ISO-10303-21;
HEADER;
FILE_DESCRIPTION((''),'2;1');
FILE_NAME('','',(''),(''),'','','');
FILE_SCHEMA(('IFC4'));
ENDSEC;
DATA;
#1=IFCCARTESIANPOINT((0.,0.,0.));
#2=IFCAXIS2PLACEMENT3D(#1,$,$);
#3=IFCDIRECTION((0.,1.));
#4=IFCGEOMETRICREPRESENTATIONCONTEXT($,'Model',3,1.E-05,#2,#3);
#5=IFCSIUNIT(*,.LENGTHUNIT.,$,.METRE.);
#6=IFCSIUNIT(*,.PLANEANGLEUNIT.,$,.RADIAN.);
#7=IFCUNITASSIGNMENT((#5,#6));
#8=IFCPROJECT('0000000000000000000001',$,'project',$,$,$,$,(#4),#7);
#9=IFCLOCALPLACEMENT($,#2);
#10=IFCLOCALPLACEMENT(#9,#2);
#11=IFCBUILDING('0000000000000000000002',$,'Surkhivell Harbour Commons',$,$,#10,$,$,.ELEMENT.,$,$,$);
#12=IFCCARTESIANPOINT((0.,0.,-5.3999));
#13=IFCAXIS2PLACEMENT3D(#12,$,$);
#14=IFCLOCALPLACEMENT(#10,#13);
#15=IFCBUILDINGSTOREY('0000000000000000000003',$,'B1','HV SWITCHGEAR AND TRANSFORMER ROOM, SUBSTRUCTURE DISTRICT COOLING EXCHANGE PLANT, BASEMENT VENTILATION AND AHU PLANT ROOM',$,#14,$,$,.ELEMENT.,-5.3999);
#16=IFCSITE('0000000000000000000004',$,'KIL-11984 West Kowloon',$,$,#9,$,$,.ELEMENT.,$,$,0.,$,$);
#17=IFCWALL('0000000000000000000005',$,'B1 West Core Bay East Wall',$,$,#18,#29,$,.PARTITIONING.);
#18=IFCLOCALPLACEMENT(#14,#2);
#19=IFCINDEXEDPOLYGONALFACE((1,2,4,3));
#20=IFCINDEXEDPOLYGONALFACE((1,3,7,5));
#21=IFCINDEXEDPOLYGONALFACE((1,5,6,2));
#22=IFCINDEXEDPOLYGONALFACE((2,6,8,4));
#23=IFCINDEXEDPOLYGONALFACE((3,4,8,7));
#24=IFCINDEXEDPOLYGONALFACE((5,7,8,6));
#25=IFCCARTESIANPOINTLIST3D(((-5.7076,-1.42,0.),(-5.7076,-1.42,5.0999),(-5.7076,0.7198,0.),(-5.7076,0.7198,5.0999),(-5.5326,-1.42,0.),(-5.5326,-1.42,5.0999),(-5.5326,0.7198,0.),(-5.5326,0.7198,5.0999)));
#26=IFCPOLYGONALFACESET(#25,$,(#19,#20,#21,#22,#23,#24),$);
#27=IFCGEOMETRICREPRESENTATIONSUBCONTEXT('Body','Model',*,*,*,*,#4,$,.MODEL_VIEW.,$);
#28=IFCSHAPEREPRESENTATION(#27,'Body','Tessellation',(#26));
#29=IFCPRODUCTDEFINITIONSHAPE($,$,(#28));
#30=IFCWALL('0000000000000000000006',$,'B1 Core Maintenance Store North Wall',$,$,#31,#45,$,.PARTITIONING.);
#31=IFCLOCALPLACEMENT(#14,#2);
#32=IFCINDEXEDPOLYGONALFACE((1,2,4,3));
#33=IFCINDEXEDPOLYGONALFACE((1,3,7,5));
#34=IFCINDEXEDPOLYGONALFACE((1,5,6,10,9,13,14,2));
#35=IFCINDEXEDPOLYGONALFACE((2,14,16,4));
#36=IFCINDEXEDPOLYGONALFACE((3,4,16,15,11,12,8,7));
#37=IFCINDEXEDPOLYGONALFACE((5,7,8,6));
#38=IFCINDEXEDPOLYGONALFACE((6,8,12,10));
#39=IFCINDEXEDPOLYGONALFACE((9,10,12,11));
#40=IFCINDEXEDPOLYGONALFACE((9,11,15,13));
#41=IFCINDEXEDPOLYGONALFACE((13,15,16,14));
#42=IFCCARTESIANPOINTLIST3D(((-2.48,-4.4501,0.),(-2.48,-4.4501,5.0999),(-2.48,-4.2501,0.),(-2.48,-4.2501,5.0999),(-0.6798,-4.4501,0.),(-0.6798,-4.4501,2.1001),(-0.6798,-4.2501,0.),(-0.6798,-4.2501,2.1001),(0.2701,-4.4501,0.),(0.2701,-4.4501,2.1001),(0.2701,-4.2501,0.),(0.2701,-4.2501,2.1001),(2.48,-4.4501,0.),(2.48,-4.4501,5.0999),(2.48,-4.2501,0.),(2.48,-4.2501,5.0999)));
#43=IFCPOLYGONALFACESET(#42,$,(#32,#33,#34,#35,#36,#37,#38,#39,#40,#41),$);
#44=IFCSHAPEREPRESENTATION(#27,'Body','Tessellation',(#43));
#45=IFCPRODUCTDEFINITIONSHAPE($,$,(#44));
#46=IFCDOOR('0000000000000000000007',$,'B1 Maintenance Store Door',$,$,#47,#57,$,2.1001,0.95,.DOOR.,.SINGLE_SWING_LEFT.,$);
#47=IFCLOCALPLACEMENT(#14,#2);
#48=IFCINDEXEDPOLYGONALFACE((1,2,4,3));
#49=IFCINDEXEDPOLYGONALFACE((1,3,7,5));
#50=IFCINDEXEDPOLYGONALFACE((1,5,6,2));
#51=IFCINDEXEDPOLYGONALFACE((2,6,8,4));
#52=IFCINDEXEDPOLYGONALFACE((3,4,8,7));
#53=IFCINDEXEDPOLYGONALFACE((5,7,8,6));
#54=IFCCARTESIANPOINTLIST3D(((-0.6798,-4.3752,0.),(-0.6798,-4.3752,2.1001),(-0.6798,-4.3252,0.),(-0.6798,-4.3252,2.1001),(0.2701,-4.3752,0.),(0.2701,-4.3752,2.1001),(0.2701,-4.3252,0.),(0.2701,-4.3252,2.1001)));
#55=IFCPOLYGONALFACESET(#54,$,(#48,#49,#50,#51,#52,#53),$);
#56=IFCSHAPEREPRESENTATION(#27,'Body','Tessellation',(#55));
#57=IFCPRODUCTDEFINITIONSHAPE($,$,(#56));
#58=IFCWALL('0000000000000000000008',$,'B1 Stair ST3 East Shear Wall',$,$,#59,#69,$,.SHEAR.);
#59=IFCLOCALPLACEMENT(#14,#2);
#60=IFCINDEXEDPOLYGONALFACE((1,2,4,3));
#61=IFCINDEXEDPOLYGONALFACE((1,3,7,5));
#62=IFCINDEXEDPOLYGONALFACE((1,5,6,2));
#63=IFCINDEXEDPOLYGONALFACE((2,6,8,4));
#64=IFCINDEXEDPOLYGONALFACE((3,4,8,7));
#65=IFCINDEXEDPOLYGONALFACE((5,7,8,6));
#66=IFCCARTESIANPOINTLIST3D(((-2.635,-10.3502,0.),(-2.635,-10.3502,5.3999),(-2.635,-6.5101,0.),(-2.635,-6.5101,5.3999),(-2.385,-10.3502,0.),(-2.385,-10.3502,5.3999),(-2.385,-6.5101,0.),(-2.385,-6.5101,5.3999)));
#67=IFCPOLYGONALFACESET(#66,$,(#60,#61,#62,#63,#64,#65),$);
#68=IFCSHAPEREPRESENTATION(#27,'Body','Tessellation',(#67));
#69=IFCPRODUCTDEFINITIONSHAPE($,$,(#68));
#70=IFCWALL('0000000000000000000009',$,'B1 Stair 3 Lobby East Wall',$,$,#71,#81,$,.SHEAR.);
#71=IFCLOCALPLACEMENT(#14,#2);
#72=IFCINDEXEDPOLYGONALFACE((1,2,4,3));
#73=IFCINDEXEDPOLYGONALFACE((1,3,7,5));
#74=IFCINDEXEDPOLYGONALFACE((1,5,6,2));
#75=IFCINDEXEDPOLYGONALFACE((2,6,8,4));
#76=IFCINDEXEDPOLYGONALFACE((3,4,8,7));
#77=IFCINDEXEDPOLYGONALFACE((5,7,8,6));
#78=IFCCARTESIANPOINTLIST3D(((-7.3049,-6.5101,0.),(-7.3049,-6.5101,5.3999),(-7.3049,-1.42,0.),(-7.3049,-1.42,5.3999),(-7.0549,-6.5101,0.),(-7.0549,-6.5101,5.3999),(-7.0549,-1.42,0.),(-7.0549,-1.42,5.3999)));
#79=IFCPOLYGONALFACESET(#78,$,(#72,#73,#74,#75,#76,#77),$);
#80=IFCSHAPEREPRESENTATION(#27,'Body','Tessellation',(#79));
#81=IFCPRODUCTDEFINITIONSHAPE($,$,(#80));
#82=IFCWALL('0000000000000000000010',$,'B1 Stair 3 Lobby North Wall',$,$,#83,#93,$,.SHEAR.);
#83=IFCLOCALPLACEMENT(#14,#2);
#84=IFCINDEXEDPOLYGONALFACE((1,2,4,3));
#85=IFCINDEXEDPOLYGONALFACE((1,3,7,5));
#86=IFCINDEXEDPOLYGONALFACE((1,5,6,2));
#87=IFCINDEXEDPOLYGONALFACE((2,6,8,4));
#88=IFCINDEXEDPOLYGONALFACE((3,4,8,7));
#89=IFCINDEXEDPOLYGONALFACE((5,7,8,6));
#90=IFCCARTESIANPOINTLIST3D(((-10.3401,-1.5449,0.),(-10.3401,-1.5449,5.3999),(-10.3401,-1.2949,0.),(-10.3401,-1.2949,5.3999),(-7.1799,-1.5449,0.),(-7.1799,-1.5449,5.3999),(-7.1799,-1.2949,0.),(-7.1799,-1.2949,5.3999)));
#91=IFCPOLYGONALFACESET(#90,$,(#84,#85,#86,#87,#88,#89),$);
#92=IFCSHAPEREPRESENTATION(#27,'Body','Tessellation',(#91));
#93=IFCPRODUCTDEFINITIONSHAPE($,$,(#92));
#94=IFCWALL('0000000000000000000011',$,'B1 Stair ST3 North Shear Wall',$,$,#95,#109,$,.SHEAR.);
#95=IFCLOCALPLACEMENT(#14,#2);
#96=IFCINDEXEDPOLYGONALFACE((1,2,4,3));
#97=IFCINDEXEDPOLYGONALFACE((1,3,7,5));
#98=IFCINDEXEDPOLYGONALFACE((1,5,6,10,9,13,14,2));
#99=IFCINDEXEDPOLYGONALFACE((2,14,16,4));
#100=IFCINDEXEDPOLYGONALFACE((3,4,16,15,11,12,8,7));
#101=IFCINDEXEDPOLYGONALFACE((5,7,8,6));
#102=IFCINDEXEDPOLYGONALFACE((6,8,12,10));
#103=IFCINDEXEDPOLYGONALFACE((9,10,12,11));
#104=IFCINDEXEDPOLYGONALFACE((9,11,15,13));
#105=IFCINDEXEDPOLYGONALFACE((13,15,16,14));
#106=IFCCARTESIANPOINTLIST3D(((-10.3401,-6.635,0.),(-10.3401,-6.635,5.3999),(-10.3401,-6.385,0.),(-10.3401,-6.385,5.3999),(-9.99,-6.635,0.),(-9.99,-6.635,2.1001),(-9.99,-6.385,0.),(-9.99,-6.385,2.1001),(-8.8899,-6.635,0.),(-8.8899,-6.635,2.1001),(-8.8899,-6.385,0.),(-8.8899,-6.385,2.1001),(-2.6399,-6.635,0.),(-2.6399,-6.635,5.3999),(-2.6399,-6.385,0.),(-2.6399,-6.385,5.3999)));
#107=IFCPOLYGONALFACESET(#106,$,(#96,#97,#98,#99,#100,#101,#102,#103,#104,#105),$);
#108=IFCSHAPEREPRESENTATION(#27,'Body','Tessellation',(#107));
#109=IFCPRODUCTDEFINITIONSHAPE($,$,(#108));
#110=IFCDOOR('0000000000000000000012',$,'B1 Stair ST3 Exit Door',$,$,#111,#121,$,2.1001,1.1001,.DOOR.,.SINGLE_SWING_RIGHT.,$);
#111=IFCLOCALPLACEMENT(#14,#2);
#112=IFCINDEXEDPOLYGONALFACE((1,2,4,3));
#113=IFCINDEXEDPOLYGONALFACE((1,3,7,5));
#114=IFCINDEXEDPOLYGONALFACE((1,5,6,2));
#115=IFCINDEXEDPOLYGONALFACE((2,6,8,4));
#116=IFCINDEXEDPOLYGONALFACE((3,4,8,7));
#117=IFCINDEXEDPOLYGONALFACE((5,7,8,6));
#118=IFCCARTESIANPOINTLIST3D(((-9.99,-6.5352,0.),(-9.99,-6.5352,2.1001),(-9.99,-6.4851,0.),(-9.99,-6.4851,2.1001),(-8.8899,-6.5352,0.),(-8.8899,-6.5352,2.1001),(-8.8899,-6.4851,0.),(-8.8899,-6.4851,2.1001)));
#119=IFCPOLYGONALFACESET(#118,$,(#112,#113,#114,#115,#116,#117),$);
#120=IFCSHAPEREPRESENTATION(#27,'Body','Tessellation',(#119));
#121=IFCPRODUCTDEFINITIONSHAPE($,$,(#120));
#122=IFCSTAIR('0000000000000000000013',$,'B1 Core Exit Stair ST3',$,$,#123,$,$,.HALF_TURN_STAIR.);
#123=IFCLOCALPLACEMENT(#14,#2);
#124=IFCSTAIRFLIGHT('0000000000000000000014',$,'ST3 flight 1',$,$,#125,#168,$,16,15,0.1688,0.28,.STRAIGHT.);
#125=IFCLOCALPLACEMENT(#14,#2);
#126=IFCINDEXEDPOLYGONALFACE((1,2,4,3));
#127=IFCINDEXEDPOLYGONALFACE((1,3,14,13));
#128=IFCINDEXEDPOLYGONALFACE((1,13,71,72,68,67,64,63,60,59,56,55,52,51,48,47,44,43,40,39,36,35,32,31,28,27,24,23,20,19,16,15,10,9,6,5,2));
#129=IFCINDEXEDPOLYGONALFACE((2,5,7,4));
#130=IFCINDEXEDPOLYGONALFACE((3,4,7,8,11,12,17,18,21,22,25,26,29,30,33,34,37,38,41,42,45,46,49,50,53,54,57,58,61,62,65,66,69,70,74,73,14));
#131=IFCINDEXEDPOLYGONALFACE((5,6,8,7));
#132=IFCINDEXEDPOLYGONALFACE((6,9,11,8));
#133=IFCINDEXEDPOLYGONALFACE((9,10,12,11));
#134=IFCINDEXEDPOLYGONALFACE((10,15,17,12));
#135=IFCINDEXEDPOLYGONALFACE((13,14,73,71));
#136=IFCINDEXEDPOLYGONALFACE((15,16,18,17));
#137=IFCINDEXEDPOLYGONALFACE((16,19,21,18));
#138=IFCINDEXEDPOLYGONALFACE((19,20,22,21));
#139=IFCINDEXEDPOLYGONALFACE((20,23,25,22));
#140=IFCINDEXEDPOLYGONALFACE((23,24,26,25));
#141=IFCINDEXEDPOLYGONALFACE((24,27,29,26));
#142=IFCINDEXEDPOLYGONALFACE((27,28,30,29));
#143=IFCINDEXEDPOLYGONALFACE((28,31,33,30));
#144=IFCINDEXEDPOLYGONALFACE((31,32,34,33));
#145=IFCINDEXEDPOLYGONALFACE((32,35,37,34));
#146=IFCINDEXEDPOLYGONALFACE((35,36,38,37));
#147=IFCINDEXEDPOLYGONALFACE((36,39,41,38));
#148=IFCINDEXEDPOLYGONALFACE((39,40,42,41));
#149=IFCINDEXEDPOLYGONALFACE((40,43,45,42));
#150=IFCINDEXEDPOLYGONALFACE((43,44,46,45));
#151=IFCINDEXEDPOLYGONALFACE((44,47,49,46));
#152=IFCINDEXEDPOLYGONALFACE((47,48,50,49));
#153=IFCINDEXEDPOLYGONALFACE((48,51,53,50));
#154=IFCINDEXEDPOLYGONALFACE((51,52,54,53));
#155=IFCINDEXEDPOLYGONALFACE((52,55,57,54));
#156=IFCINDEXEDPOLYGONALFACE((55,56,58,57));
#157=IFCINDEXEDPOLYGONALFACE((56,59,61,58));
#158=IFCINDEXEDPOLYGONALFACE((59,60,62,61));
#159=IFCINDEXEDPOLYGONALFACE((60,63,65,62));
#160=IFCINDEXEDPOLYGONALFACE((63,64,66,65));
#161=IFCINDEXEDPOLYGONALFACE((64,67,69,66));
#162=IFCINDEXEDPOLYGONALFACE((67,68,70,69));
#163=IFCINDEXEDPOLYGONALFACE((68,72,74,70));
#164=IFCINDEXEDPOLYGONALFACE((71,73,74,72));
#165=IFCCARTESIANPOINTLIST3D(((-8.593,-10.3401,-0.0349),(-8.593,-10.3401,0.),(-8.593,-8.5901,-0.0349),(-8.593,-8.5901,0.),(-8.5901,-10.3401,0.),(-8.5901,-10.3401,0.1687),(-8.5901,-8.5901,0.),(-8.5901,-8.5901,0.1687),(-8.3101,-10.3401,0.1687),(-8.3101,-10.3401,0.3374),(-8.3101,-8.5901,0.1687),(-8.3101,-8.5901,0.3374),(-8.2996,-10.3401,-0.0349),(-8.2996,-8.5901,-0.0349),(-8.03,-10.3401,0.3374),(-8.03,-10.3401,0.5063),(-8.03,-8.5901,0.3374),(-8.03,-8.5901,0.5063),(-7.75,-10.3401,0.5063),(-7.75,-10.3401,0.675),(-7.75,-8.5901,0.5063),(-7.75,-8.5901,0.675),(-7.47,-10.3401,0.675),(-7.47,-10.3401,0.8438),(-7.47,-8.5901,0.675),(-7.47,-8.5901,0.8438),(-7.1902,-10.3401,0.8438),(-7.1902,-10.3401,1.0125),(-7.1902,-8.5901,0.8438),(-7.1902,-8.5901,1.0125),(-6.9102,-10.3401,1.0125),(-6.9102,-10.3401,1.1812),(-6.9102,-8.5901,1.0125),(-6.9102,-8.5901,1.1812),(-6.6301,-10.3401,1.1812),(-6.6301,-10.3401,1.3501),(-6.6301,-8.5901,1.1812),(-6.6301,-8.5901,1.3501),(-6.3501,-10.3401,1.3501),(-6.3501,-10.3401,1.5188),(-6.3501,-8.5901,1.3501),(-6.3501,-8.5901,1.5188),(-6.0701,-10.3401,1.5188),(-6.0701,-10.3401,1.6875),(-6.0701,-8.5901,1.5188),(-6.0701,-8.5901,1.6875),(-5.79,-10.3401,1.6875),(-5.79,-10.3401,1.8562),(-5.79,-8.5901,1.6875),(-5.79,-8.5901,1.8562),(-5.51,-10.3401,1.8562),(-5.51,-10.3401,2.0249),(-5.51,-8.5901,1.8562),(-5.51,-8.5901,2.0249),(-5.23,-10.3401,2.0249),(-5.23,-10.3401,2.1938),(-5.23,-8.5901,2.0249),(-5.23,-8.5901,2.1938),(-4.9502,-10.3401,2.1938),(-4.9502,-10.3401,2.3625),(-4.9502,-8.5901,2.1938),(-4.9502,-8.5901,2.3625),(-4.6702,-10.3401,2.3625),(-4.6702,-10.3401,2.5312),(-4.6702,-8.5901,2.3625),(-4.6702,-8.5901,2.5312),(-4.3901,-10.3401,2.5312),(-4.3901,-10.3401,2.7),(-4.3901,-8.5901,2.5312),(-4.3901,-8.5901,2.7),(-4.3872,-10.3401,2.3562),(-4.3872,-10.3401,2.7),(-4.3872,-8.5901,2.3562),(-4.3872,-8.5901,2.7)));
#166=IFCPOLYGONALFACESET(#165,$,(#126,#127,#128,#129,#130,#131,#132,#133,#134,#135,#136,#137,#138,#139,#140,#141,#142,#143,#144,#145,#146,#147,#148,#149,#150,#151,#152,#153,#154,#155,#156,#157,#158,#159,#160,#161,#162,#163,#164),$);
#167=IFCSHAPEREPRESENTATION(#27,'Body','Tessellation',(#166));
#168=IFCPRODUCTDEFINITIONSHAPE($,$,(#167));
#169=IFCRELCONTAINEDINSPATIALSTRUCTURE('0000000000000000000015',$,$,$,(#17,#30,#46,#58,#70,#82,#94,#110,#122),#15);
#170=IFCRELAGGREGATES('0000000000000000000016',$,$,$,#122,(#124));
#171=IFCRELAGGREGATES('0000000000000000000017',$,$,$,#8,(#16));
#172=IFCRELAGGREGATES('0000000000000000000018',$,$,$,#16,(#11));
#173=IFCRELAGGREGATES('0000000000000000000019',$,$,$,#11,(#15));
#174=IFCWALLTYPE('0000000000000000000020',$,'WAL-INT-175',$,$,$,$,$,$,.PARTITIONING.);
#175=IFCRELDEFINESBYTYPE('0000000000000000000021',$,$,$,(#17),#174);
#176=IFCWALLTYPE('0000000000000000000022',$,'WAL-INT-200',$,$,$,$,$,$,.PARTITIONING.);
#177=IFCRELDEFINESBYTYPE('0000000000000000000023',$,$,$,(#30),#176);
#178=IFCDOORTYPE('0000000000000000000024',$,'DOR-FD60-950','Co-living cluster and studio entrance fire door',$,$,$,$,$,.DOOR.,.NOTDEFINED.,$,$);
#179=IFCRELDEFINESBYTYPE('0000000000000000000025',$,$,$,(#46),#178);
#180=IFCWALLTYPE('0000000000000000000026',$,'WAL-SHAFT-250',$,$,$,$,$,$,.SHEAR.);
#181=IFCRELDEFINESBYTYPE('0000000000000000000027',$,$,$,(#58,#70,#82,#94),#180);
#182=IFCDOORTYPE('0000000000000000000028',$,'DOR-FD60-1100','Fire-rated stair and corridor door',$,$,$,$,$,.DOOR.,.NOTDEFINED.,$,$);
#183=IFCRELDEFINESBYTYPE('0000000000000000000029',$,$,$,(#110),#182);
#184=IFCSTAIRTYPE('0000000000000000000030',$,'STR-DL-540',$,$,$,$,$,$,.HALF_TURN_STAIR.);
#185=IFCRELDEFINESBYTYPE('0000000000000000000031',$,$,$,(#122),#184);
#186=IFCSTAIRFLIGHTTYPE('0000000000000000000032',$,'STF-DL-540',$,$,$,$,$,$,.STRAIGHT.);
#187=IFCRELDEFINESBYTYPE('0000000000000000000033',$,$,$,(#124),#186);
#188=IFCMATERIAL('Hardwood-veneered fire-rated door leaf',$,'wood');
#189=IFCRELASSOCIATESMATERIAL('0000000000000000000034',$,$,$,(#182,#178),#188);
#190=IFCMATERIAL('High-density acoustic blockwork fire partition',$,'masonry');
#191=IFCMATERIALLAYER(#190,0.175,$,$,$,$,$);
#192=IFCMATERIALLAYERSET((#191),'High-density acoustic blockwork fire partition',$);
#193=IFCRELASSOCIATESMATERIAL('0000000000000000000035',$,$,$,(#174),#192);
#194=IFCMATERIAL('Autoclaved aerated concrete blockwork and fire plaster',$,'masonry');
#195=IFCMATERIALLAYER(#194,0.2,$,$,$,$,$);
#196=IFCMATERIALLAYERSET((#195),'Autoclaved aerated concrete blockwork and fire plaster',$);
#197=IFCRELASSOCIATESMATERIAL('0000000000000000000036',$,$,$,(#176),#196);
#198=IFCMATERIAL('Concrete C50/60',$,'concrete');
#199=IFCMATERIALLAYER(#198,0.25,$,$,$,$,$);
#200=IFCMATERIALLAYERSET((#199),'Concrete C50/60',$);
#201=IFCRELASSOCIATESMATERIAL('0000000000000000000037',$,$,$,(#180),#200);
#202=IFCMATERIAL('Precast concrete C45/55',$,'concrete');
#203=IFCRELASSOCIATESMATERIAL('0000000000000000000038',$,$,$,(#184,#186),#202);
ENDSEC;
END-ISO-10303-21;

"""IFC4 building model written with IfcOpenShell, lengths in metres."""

from ifc_helpers import new_model, si_unit, direction, frame, frame_2d, origin, place, context, subcontext, project, spatial, polyline, rectangle, outline, extrude, material, layer, layer_set, type_object, element, fill, aggregate, save


model = new_model("IFC4")

# Units and contexts
model_context = context("Model", 3, precision=1e-05, world=origin(), true_north=direction((0.0, 1.0)))
body_context = subcontext(model_context, "Body", "Model", "MODEL_VIEW")
ifc_project = project(units=[si_unit("LENGTHUNIT", "METRE"), si_unit("PLANEANGLEUNIT", "RADIAN")], contexts=[model_context])

# Site, building, storey
site_placement = place(None, origin())
site = spatial("IfcSite", under=ifc_project, at=site_placement, Name="KIL-11984 West Kowloon", CompositionType="ELEMENT", RefElevation=0.0)
building_placement = place(site_placement, origin())
building = spatial("IfcBuilding", under=site, at=building_placement, Name="Surkhivell Harbour Commons", CompositionType="ELEMENT")
storey_placement = place(building_placement, frame((0.0, 0.0, -5.3999)))
storey = spatial("IfcBuildingStorey", under=building, at=storey_placement, Name="B1", Description="HV SWITCHGEAR AND TRANSFORMER ROOM, SUBSTRUCTURE DISTRICT COOLING EXCHANGE PLANT, BASEMENT VENTILATION AND AHU PLANT ROOM", CompositionType="ELEMENT", Elevation=-5.3999)

# Shared definitions
ifc_material_1 = material(Name="Hardwood-veneered fire-rated door leaf", Category="wood")
door_type_1 = type_object("IfcDoorType", Name="DOR-FD60-1100", Description="Fire-rated stair and corridor door", OperationType="NOTDEFINED", PredefinedType="DOOR", material=ifc_material_1)

# Shared definitions
ifc_material_2 = material(Name="High-density acoustic blockwork fire partition", Category="masonry")
ifc_layer_1 = layer(ifc_material_2, 0.175)
ifc_layer_set_1 = layer_set([ifc_layer_1], Name="High-density acoustic blockwork fire partition")
wall_type_1 = type_object("IfcWallType", Name="WAL-INT-175", PredefinedType="PARTITIONING", material=ifc_layer_set_1)

# Wall
wall_1_placement = place(storey_placement, frame((-5.6201, -1.4199, 0.0), z_axis=(0.0, 0.0, 1.0), x_axis=(0.0, 1.0, 0.0)))
element("IfcWall", 1, at=wall_1_placement, inside=storey, type_object=wall_type_1, Name="B1 West Core Bay East Wall", PredefinedType="PARTITIONING", context=body_context, shape_type="SweptSolid", body=[
    extrude(rectangle(XDim=2.1399, YDim=0.175, at=frame_2d((1.0698, 0.0))), origin(), (0.0, 0.0, 1.0), 5.0999),
])

# Wall, opening, door
ifc_material_3 = material(Name="Autoclaved aerated concrete blockwork and fire plaster", Category="masonry")
ifc_layer_2 = layer(ifc_material_3, 0.2)
ifc_layer_set_2 = layer_set([ifc_layer_2], Name="Autoclaved aerated concrete blockwork and fire plaster")
wall_type_2 = type_object("IfcWallType", Name="WAL-INT-200", PredefinedType="PARTITIONING", material=ifc_layer_set_2)
wall_2_placement = place(storey_placement, frame((-2.48, -4.3501, 0.0), z_axis=(0.0, 0.0, 1.0), x_axis=(1.0, 0.0, 0.0)))
wall_2 = element("IfcWall", 2, at=wall_2_placement, inside=storey, type_object=wall_type_2, Name="B1 Core Maintenance Store North Wall", PredefinedType="PARTITIONING", context=body_context, shape_type="SweptSolid", body=[
    extrude(rectangle(XDim=4.96, YDim=0.2, at=frame_2d((2.48, 0.0))), origin(), (0.0, 0.0, 1.0), 5.0999),
])
opening_1_placement = place(wall_2_placement, frame((1.8, 0.0, 0.0)))
opening_1 = element("IfcOpeningElement", 3, at=opening_1_placement, cuts=wall_2, PredefinedType="OPENING", context=body_context, shape_type="SweptSolid", body=[
    extrude(rectangle(XDim=0.95, YDim=2.1001, at=frame_2d((0.4751, 1.05))), frame((0.0, 0.1099, 0.0), z_axis=(0.0, -1.0, 0.0), x_axis=(1.0, 0.0, 0.0)), (0.0, 0.0, 1.0), 0.22),
])
door_type_2 = type_object("IfcDoorType", Name="DOR-FD60-950", Description="Co-living cluster and studio entrance fire door", OperationType="NOTDEFINED", PredefinedType="DOOR", material=ifc_material_1)
door_1_placement = place(opening_1_placement, origin())
door_1 = element("IfcDoor", 4, at=door_1_placement, inside=storey, type_object=door_type_2, Name="B1 Maintenance Store Door", OperationType="SINGLE_SWING_LEFT", OverallHeight=2.1001, OverallWidth=0.95, PredefinedType="DOOR", context=body_context, shape_type="SweptSolid", body=[
    extrude(rectangle(XDim=0.95, YDim=2.1001, at=frame_2d((0.4751, 1.05))), frame((0.0, 0.0249, 0.0), z_axis=(0.0, -1.0, 0.0), x_axis=(1.0, 0.0, 0.0)), (0.0, 0.0, 1.0), 0.05),
])
fill(opening_1, door_1)

# Walls
ifc_material_4 = material(Name="Concrete C50/60", Category="concrete")
ifc_layer_3 = layer(ifc_material_4, 0.25)
ifc_layer_set_3 = layer_set([ifc_layer_3], Name="Concrete C50/60")
wall_type_3 = type_object("IfcWallType", Name="WAL-SHAFT-250", PredefinedType="SHEAR", material=ifc_layer_set_3)
wall_3_placement = place(storey_placement, frame((-2.51, -10.3501, 0.0), z_axis=(0.0, 0.0, 1.0), x_axis=(0.0, 1.0, 0.0)))
element("IfcWall", 5, at=wall_3_placement, inside=storey, type_object=wall_type_3, Name="B1 Stair ST3 East Shear Wall", PredefinedType="SHEAR", context=body_context, shape_type="SweptSolid", body=[
    extrude(rectangle(XDim=3.8401, YDim=0.25, at=frame_2d((1.9199, 0.0))), origin(), (0.0, 0.0, 1.0), 5.3999),
])
wall_4_placement = place(storey_placement, frame((-7.1799, -6.51, 0.0), z_axis=(0.0, 0.0, 1.0), x_axis=(0.0, 1.0, 0.0)))
element("IfcWall", 6, at=wall_4_placement, inside=storey, type_object=wall_type_3, Name="B1 Stair 3 Lobby East Wall", PredefinedType="SHEAR", context=body_context, shape_type="SweptSolid", body=[
    extrude(rectangle(XDim=5.0901, YDim=0.25, at=frame_2d((2.5449, 0.0))), origin(), (0.0, 0.0, 1.0), 5.3999),
])
wall_5_placement = place(storey_placement, frame((-10.3401, -1.4199, 0.0), z_axis=(0.0, 0.0, 1.0), x_axis=(1.0, 0.0, 0.0)))
element("IfcWall", 7, at=wall_5_placement, inside=storey, type_object=wall_type_3, Name="B1 Stair 3 Lobby North Wall", PredefinedType="SHEAR", context=body_context, shape_type="SweptSolid", body=[
    extrude(rectangle(XDim=3.1602, YDim=0.25, at=frame_2d((1.5801, 0.0))), origin(), (0.0, 0.0, 1.0), 5.3999),
])

# Wall, opening, door
wall_6_placement = place(storey_placement, frame((-10.3401, -6.51, 0.0), z_axis=(0.0, 0.0, 1.0), x_axis=(1.0, 0.0, 0.0)))
wall_6 = element("IfcWall", 8, at=wall_6_placement, inside=storey, type_object=wall_type_3, Name="B1 Stair ST3 North Shear Wall", PredefinedType="SHEAR", context=body_context, shape_type="SweptSolid", body=[
    extrude(rectangle(XDim=7.7002, YDim=0.25, at=frame_2d((3.8501, 0.0))), origin(), (0.0, 0.0, 1.0), 5.3999),
])
opening_2_placement = place(wall_6_placement, frame((0.3501, 0.0, 0.0)))
opening_2 = element("IfcOpeningElement", 9, at=opening_2_placement, cuts=wall_6, PredefinedType="OPENING", context=body_context, shape_type="SweptSolid", body=[
    extrude(rectangle(XDim=1.1001, YDim=2.1001, at=frame_2d((0.55, 1.05))), frame((0.0, 0.135, 0.0), z_axis=(0.0, -1.0, 0.0), x_axis=(1.0, 0.0, 0.0)), (0.0, 0.0, 1.0), 0.27),
])
door_2_placement = place(opening_2_placement, origin())
door_2 = element("IfcDoor", 10, at=door_2_placement, inside=storey, type_object=door_type_1, Name="B1 Stair ST3 Exit Door", OperationType="SINGLE_SWING_RIGHT", OverallHeight=2.1001, OverallWidth=1.1001, PredefinedType="DOOR", context=body_context, shape_type="SweptSolid", body=[
    extrude(rectangle(XDim=1.1001, YDim=2.1001, at=frame_2d((0.55, 1.05))), frame((0.0, 0.0249, 0.0), z_axis=(0.0, -1.0, 0.0), x_axis=(1.0, 0.0, 0.0)), (0.0, 0.0, 1.0), 0.05),
])
fill(opening_2, door_2)

# Stair, stair flight
ifc_material_5 = material(Name="Precast concrete C45/55", Category="concrete")
stair_type = type_object("IfcStairType", Name="STR-DL-540", PredefinedType="HALF_TURN_STAIR", material=ifc_material_5)
stair_placement = place(storey_placement, origin())
stair = element("IfcStair", 11, at=stair_placement, inside=storey, type_object=stair_type, Name="B1 Core Exit Stair ST3", PredefinedType="HALF_TURN_STAIR")
stair_flight_type = type_object("IfcStairFlightType", Name="STF-DL-540", PredefinedType="STRAIGHT", material=ifc_material_5)
stair_flight_1_placement = place(storey_placement, frame((-8.5901, -9.4651, 0.0), z_axis=(0.0, 0.0, 1.0), x_axis=(1.0, 0.0, 0.0)))
stair_flight_1 = element("IfcStairFlight", 12, at=stair_flight_1_placement, type_object=stair_flight_type, Name="ST3 flight 1", NumberOfRisers=16, NumberOfTreads=15, PredefinedType="STRAIGHT", RiserHeight=0.1688, TreadLength=0.28, context=body_context, shape_type="SweptSolid", body=[
    extrude(outline(polyline([(-0.0029, -0.0349), (-0.0029, 0.0), (0.0, 0.0), (0.0, 0.1687), (0.28, 0.1687), (0.28, 0.3374), (0.5601, 0.3374), (0.5601, 0.5063), (0.8401, 0.5063), (0.8401, 0.675), (1.1201, 0.675), (1.1201, 0.8438), (1.3999, 0.8438), (1.3999, 1.0125), (1.6799, 1.0125), (1.6799, 1.1812), (1.96, 1.1812), (1.96, 1.3501), (2.24, 1.3501), (2.24, 1.5188), (2.52, 1.5188), (2.52, 1.6875), (2.8, 1.6875), (2.8, 1.8562), (3.0801, 1.8562), (3.0801, 2.0249), (3.3601, 2.0249), (3.3601, 2.1938), (3.6399, 2.1938), (3.6399, 2.3625), (3.9199, 2.3625), (3.9199, 2.5312), (4.2, 2.5312), (4.2, 2.7), (4.2029, 2.7), (4.2029, 2.3562), (0.2905, -0.0349), (-0.0029, -0.0349)])), frame((0.0, 0.875, 0.0), z_axis=(0.0, -1.0, 0.0), x_axis=(1.0, 0.0, 0.0)), (0.0, 0.0, 1.0), 1.75),
])
aggregate(stair, [stair_flight_1])

save(model, "model.ifc")
